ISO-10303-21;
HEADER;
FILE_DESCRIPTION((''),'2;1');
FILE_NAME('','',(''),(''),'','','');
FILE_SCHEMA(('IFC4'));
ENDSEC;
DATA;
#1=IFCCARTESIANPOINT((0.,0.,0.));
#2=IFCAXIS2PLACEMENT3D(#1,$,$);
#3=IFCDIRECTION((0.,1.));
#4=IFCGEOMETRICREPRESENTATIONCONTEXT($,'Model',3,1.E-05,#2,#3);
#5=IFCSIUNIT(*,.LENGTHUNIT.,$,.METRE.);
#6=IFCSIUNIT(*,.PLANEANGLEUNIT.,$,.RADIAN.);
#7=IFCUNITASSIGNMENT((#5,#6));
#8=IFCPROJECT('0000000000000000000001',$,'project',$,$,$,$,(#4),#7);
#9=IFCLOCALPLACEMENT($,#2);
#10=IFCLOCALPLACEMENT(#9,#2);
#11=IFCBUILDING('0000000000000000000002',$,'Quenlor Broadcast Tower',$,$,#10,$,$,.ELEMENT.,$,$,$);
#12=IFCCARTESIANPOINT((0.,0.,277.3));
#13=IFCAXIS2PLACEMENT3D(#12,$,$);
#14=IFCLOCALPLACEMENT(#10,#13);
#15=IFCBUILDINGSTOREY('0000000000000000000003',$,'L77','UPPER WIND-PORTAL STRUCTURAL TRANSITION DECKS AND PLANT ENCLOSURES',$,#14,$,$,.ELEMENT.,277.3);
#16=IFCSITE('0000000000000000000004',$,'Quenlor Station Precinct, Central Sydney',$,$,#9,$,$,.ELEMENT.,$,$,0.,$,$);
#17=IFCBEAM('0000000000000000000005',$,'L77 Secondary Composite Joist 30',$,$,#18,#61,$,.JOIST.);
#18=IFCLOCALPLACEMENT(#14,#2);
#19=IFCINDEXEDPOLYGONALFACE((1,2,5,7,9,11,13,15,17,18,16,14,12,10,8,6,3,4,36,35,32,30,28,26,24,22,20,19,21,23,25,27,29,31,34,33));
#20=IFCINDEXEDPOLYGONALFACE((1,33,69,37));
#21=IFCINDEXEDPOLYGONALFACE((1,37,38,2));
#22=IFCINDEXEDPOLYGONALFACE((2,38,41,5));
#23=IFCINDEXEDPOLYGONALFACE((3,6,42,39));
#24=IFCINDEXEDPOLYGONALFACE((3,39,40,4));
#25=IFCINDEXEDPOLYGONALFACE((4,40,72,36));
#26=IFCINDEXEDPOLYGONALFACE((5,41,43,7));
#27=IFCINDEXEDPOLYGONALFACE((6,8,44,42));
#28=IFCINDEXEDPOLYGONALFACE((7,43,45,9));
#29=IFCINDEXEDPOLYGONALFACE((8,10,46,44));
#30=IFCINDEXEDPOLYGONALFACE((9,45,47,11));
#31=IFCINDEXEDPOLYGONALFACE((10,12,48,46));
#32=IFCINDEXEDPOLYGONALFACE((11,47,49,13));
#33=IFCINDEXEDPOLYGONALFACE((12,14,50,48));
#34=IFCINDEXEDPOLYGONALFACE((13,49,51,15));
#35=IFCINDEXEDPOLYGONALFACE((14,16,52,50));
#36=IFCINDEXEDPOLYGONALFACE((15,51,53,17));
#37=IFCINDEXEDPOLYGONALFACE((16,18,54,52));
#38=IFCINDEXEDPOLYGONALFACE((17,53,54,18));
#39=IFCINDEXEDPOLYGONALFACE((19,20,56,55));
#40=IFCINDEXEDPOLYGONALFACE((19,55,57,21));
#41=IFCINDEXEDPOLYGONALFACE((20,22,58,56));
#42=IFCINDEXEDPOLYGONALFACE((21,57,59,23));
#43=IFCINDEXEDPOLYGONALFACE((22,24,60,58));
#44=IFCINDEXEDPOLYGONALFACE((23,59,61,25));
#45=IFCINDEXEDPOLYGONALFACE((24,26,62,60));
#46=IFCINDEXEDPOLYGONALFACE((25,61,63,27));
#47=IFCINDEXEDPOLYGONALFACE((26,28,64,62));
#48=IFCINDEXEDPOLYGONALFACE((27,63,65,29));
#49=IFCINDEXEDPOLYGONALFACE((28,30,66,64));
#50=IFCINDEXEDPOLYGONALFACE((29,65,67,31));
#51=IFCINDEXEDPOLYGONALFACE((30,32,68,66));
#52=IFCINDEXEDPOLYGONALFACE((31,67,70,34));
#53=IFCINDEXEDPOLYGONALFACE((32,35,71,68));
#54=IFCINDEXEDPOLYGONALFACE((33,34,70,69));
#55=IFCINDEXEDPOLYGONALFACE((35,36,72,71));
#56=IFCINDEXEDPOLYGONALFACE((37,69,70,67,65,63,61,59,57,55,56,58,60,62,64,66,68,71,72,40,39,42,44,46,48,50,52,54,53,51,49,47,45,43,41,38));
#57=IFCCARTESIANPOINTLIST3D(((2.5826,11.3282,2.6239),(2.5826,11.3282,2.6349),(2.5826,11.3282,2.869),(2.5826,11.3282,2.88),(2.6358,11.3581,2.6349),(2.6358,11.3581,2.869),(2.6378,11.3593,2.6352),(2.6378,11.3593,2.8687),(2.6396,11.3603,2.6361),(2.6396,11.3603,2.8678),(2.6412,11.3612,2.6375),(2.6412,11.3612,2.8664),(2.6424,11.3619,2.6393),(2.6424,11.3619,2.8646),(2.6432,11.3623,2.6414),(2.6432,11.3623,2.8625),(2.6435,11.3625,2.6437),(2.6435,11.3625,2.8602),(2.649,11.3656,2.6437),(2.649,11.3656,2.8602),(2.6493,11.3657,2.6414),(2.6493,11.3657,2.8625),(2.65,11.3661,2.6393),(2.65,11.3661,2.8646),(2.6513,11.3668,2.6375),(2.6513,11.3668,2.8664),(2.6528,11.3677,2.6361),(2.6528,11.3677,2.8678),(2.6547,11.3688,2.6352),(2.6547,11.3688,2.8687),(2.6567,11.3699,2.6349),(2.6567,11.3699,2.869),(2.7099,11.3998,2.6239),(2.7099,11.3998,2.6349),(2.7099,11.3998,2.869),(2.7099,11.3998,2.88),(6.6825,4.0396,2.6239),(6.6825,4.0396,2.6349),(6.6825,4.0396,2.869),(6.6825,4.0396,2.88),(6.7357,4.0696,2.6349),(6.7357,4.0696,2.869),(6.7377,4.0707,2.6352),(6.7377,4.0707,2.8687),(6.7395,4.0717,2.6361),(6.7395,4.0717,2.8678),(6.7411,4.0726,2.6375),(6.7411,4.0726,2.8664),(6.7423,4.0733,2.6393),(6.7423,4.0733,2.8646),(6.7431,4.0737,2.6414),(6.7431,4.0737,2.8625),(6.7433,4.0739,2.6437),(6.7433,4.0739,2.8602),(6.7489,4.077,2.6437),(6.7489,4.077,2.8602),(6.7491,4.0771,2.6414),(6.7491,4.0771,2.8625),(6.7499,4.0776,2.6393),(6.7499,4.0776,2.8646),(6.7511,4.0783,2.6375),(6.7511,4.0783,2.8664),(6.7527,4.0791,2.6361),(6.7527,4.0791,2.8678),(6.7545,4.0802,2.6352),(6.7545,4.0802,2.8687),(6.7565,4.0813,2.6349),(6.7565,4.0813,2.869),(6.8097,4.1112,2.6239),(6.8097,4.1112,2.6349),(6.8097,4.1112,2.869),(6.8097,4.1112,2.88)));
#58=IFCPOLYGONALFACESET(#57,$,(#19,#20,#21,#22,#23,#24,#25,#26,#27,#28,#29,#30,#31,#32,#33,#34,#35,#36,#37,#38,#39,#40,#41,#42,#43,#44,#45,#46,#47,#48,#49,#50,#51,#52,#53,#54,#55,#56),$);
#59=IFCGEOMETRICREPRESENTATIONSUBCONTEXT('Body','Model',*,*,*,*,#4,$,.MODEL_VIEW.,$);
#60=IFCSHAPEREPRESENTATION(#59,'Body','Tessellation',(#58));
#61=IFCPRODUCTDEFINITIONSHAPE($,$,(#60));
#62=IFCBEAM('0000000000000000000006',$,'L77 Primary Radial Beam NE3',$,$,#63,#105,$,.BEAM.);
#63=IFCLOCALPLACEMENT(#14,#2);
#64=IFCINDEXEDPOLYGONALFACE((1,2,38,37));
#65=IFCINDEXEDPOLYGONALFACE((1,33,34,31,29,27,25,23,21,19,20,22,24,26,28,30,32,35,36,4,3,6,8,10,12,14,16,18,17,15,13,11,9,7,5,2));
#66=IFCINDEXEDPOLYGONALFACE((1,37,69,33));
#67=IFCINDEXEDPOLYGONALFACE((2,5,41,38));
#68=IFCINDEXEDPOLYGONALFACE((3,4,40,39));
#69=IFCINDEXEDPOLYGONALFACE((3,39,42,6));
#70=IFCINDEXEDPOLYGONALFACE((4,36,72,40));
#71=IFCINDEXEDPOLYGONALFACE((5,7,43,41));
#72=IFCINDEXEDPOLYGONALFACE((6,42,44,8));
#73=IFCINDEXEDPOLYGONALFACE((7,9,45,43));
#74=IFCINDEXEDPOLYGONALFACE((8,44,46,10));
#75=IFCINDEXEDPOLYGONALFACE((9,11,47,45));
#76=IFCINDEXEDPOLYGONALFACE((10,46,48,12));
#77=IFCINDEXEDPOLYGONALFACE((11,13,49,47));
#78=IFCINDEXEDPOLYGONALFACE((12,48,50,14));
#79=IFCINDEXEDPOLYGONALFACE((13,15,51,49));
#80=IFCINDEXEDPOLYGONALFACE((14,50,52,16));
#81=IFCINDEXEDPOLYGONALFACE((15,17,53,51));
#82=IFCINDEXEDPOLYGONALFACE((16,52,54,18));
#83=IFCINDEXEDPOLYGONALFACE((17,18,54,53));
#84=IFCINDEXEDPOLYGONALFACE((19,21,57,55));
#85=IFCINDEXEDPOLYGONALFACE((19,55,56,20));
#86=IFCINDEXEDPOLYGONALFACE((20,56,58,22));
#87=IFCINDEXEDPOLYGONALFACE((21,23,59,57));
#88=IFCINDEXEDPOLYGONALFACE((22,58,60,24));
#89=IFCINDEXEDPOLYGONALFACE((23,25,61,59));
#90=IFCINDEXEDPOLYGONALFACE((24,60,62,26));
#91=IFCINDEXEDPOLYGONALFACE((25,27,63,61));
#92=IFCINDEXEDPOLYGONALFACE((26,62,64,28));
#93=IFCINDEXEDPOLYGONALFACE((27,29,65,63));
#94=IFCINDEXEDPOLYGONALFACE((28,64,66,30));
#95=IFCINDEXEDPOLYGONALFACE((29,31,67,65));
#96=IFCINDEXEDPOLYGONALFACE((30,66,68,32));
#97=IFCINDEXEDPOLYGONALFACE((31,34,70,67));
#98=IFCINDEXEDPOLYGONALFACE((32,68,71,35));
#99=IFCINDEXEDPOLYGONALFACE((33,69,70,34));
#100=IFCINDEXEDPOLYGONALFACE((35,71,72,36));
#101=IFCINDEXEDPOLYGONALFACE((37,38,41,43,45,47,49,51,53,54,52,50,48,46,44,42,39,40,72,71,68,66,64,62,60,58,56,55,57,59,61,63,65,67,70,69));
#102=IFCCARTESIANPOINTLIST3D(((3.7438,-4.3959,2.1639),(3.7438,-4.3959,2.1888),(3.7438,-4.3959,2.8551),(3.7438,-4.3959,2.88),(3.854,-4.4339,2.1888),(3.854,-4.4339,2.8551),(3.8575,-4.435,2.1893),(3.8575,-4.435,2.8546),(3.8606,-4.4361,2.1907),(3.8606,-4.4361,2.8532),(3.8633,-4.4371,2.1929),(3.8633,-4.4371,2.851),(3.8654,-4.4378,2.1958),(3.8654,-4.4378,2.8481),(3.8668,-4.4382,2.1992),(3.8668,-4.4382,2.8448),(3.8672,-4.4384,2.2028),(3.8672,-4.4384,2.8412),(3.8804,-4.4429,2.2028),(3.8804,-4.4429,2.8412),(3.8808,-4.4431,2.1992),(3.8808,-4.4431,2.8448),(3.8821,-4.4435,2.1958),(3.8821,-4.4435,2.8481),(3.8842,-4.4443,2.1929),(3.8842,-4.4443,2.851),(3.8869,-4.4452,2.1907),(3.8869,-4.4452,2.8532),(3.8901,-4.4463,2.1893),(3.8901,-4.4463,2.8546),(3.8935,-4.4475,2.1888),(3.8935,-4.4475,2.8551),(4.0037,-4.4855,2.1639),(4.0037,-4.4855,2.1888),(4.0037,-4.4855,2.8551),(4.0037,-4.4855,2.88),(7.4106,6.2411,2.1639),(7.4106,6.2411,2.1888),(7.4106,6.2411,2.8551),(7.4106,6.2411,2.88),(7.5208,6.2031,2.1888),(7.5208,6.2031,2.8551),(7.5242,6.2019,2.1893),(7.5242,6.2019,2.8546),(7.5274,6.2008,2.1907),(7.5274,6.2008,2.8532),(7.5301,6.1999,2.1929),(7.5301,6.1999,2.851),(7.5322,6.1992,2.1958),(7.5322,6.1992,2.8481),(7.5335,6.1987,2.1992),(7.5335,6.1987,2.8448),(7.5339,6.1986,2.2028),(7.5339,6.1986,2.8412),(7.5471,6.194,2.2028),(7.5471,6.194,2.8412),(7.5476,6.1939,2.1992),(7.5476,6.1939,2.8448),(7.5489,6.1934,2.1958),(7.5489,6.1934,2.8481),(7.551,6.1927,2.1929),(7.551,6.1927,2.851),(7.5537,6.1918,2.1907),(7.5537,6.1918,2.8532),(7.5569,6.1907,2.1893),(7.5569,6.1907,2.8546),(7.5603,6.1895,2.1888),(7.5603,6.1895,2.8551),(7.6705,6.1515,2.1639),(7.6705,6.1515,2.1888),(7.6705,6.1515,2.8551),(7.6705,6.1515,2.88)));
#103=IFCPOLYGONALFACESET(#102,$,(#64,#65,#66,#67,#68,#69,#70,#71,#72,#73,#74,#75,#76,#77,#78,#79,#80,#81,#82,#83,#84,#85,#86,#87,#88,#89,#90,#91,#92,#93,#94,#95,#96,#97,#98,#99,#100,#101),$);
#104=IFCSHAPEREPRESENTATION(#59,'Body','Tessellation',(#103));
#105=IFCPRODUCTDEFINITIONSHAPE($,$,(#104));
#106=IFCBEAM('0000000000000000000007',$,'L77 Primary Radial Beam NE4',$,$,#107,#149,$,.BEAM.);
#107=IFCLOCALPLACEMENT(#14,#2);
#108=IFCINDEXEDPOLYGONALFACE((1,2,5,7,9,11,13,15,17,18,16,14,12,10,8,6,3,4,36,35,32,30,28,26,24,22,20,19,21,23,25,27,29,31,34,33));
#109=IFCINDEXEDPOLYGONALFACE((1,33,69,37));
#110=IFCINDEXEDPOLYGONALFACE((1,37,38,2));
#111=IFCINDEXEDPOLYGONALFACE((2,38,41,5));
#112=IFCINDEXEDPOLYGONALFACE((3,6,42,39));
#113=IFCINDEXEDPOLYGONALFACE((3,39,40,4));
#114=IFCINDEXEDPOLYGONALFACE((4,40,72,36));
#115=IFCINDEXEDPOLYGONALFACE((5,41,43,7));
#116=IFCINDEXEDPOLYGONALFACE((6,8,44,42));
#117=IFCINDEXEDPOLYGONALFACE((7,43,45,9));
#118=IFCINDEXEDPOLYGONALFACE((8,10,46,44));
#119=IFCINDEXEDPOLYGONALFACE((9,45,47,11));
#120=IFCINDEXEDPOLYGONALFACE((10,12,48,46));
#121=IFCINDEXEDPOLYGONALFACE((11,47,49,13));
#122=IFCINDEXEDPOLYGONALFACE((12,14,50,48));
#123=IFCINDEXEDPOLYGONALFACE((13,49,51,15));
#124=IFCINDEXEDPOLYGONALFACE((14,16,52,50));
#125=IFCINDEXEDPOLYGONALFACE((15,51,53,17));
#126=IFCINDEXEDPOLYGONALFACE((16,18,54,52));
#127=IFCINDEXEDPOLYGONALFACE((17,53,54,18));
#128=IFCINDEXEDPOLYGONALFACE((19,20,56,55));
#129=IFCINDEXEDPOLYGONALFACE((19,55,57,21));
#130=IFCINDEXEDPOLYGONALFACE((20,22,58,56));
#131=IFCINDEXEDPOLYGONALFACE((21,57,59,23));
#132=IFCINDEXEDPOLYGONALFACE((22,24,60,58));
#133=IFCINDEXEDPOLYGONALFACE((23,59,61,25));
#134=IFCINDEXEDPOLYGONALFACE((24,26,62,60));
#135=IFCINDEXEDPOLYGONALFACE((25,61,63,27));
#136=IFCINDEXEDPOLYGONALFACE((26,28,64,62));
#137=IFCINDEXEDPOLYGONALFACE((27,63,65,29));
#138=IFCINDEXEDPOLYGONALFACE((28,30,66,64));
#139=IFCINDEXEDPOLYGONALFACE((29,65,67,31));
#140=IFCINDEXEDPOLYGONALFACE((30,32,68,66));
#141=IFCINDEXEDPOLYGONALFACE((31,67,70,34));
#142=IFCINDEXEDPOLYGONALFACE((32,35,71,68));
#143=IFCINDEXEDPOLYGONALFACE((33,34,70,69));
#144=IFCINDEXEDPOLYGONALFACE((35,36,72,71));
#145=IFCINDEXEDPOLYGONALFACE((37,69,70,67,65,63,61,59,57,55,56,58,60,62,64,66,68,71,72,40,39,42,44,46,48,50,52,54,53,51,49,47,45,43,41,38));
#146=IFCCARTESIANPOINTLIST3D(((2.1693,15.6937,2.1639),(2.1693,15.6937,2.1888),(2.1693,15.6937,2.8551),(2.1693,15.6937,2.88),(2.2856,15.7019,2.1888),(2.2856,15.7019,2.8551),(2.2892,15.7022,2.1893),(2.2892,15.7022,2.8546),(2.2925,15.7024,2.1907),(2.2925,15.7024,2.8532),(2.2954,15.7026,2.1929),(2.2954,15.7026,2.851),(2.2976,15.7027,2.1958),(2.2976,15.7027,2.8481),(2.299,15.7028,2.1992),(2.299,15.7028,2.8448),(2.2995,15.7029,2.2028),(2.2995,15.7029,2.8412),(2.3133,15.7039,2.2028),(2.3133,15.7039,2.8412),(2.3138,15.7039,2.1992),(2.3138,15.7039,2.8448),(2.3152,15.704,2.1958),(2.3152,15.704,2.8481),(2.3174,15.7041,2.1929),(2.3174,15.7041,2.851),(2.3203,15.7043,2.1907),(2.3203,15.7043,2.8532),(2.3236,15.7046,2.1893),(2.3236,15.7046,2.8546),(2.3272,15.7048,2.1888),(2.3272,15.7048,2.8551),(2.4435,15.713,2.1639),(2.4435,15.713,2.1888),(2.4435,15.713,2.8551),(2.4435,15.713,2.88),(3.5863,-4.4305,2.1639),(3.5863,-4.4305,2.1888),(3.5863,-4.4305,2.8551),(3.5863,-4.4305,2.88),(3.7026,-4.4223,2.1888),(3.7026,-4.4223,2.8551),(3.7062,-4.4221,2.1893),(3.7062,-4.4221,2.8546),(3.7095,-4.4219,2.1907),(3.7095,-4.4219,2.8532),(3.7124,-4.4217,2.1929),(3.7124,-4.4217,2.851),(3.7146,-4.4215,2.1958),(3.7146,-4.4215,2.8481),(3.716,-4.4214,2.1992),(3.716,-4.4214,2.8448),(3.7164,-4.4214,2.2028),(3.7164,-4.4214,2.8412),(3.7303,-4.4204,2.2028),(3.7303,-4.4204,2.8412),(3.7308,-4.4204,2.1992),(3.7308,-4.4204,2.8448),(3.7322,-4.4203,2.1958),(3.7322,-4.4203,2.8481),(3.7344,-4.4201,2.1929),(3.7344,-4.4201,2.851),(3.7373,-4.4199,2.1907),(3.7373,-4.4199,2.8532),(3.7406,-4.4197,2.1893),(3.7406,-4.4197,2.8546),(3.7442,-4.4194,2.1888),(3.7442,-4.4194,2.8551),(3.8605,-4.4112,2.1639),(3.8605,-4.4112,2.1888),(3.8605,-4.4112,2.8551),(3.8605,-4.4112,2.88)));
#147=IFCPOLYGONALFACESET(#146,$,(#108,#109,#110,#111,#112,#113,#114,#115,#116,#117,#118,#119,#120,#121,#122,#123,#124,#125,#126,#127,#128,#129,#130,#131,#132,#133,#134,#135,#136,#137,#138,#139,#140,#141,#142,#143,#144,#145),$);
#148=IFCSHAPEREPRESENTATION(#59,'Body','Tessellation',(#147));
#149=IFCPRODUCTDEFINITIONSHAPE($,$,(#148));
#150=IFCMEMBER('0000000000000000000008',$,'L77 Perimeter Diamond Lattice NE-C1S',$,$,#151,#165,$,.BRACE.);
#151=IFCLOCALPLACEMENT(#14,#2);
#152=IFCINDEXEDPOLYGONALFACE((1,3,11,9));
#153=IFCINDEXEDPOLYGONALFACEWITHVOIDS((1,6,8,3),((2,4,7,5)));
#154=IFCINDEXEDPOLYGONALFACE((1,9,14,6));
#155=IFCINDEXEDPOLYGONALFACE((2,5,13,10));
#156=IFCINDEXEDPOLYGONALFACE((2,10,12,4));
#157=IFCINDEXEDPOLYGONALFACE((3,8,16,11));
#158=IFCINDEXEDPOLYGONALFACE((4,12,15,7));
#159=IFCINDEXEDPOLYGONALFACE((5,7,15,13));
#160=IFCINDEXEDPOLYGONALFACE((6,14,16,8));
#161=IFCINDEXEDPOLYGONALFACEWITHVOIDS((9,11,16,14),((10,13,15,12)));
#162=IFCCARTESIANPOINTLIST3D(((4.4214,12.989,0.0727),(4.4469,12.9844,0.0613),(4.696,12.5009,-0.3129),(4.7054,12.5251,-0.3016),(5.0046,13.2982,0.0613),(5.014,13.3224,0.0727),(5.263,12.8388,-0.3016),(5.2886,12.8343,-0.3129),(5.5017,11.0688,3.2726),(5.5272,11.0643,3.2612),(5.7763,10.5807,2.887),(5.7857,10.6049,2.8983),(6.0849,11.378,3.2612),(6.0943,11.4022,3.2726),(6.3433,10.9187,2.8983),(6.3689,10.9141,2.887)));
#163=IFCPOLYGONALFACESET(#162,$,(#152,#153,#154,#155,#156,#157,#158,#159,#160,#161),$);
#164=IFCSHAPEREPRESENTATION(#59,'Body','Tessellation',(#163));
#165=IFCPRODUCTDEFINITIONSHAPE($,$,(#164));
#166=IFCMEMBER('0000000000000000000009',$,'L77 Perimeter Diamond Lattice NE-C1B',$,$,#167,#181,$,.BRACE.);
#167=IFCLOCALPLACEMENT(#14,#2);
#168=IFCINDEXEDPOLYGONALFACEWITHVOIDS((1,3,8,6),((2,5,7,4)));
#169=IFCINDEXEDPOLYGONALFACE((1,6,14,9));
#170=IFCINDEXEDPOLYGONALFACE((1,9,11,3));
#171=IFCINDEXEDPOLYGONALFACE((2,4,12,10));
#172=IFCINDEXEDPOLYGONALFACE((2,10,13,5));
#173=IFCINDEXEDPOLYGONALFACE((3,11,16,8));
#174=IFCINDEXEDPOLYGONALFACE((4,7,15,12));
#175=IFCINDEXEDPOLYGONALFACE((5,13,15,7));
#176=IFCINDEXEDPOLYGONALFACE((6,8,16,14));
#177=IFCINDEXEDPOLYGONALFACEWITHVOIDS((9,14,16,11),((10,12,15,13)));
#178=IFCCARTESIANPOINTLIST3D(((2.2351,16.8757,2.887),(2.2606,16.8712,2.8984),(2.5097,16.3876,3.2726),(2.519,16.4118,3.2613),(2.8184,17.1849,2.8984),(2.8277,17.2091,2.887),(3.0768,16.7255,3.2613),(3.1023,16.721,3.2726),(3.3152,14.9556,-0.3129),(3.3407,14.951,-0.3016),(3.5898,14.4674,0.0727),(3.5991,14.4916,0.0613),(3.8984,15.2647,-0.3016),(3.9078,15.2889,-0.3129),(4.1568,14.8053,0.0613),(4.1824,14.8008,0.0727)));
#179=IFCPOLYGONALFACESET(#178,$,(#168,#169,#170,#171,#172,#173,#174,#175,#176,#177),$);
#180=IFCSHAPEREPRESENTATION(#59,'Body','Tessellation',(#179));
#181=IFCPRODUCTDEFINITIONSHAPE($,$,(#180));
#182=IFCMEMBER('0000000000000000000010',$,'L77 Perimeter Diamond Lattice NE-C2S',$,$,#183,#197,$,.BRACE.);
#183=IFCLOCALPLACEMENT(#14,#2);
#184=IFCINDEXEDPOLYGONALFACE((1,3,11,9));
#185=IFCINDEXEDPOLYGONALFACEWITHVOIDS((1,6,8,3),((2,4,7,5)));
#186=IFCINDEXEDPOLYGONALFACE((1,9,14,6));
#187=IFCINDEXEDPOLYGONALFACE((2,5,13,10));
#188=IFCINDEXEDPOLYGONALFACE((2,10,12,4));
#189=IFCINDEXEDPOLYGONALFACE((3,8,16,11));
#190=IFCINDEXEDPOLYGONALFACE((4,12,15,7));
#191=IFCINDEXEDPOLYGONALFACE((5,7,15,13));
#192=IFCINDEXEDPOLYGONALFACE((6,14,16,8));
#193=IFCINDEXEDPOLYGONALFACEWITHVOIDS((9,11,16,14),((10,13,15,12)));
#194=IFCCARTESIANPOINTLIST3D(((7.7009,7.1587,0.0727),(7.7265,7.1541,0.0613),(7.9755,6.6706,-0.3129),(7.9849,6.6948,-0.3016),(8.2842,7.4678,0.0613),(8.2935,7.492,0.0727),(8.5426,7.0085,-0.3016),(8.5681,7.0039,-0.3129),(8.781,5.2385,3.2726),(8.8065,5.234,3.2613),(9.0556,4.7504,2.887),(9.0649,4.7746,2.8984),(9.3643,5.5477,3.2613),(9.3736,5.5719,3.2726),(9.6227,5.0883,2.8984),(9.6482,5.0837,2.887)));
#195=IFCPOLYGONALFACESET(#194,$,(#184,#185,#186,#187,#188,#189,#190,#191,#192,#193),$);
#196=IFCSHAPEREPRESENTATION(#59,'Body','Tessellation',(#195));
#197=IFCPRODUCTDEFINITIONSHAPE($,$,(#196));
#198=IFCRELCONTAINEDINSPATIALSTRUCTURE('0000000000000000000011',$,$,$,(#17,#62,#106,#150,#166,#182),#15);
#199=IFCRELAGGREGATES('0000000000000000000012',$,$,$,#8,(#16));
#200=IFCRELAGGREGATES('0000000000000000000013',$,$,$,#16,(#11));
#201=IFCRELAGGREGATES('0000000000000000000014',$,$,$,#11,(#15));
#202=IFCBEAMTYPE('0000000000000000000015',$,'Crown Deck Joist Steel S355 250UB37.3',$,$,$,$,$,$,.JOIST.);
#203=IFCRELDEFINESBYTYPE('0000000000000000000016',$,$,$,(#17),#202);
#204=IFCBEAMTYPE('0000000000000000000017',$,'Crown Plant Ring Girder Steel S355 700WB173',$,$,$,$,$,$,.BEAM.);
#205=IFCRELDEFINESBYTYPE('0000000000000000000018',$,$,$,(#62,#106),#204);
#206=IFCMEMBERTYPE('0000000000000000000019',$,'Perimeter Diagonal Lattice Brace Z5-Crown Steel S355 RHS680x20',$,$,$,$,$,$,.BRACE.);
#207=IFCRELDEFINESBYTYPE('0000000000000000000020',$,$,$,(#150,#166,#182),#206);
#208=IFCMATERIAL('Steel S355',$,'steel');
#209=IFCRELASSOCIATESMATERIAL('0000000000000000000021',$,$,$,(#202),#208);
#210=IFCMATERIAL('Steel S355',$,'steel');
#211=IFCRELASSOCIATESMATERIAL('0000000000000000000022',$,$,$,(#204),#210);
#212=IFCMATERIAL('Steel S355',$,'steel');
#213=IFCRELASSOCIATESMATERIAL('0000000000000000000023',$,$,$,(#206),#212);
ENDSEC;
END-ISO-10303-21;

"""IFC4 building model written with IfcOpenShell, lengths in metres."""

from ifc_helpers import new_model, si_unit, direction, frame, origin, origin_2d, place, context, subcontext, project, spatial, hollow_rectangle, i_section, extrude, material, material_profile, profile_set, type_object, element, save


model = new_model("IFC4")

# Units and contexts
model_context = context("Model", 3, precision=1e-05, world=origin(), true_north=direction((0.0, 1.0)))
body_context = subcontext(model_context, "Body", "Model", "MODEL_VIEW")
ifc_project = project(units=[si_unit("LENGTHUNIT", "METRE"), si_unit("PLANEANGLEUNIT", "RADIAN")], contexts=[model_context])

# Site, building, storey
site_placement = place(None, origin())
site = spatial("IfcSite", under=ifc_project, at=site_placement, Name="Quenlor Station Precinct, Central Sydney", CompositionType="ELEMENT", RefElevation=0.0)
building_placement = place(site_placement, origin())
building = spatial("IfcBuilding", under=site, at=building_placement, Name="Quenlor Broadcast Tower", CompositionType="ELEMENT")
storey_placement = place(building_placement, frame((0.0, 0.0, 277.3)))
storey = spatial("IfcBuildingStorey", under=building, at=storey_placement, Name="L77", Description="UPPER WIND-PORTAL STRUCTURAL TRANSITION DECKS AND PLANT ENCLOSURES", CompositionType="ELEMENT", Elevation=277.3)

# Beams
ifc_material_1 = material(Name="Steel S355", Category="steel")
ifc_material_profile_1 = material_profile(ifc_material_1, i_section(OverallWidth=0.146, OverallDepth=0.2561, WebThickness=0.0063, FlangeThickness=0.011, FilletRadius=0.0088, at=origin_2d()))
ifc_profile_set_1 = profile_set([ifc_material_profile_1], Name="Steel S355 250UB37.3")
beam_type_1 = type_object("IfcBeamType", Name="Crown Deck Joist Steel S355 250UB37.3", PredefinedType="JOIST", material=ifc_profile_set_1)
beam_1_placement = place(storey_placement, frame((2.6462, 11.364, 2.752), z_axis=(0.490264, -0.871574, 0.0), x_axis=(0.871574, 0.490264, 0.0)))
element("IfcBeam", 1, at=beam_1_placement, inside=storey, type_object=beam_type_1, Name="L77 Secondary Composite Joist 30", PredefinedType="JOIST", context=body_context, shape_type="SweptSolid", body=[
    extrude(i_section(OverallWidth=0.146, OverallDepth=0.2561, WebThickness=0.0063, FlangeThickness=0.011, FilletRadius=0.0088, at=origin_2d()), origin(), (0.0, 0.0, 1.0), 8.3625),
])
ifc_material_2 = material(Name="Steel S355", Category="steel")
ifc_material_profile_2 = material_profile(ifc_material_2, i_section(OverallWidth=0.2749, OverallDepth=0.7161, WebThickness=0.0139, FlangeThickness=0.0249, FilletRadius=0.0139, at=origin_2d()))
ifc_profile_set_2 = profile_set([ifc_material_profile_2], Name="Steel S355 700WB173")
beam_type_2 = type_object("IfcBeamType", Name="Crown Plant Ring Girder Steel S355 700WB173", PredefinedType="BEAM", material=ifc_profile_set_2)
beam_2_placement = place(storey_placement, frame((7.5405, 6.1963, 2.522), z_axis=(-0.325898, -0.945405, 0.0), x_axis=(0.945405, -0.325898, 0.0)))
element("IfcBeam", 2, at=beam_2_placement, inside=storey, type_object=beam_type_2, Name="L77 Primary Radial Beam NE3", PredefinedType="BEAM", context=body_context, shape_type="SweptSolid", body=[
    extrude(i_section(OverallWidth=0.2749, OverallDepth=0.7161, WebThickness=0.0139, FlangeThickness=0.0249, FilletRadius=0.0139, at=origin_2d()), origin(), (0.0, 0.0, 1.0), 11.2512),
])
beam_3_placement = place(storey_placement, frame((2.3064, 15.7034, 2.522), z_axis=(0.070238, -0.99753, 0.0), x_axis=(0.99753, 0.070238, 0.0)))
element("IfcBeam", 3, at=beam_3_placement, inside=storey, type_object=beam_type_2, Name="L77 Primary Radial Beam NE4", PredefinedType="BEAM", context=body_context, shape_type="SweptSolid", body=[
    extrude(i_section(OverallWidth=0.2749, OverallDepth=0.7161, WebThickness=0.0139, FlangeThickness=0.0249, FilletRadius=0.0139, at=origin_2d()), origin(), (0.0, 0.0, 1.0), 20.1741),
])

# Members
ifc_material_3 = material(Name="Steel S355", Category="steel")
ifc_material_profile_3 = material_profile(ifc_material_3, hollow_rectangle(XDim=0.6799, YDim=0.6799, WallThickness=0.02, at=origin_2d()))
ifc_profile_set_3 = profile_set([ifc_material_profile_3], Name="Steel S355 RHS680x680x20")
member_type_1 = type_object("IfcMemberType", Name="Perimeter Diagonal Lattice Brace Z5-Crown Steel S355 RHS680x20", PredefinedType="BRACE", material=ifc_profile_set_3)
for number, where, z_axis, x_axis, name in (
    (4, (4.855, 12.9116, -0.1201), (0.27807, -0.494241, 0.823652), (0.871531, 0.49034, 0.0), "L77 Perimeter Diamond Lattice NE-C1S"),
    (5, (3.7488, 14.8782, -0.1201), (-0.278012, 0.49425, 0.823666), (-0.871578, -0.490256, 0.0), "L77 Perimeter Diamond Lattice NE-C1B"),
    (6, (8.1345, 7.0813, -0.1201), (0.278012, -0.49425, 0.823666), (0.871578, 0.490256, 0.0), "L77 Perimeter Diamond Lattice NE-C2S"),
):
    element("IfcMember", number, at=place(storey_placement, frame(where, z_axis=z_axis, x_axis=x_axis)), inside=storey, type_object=member_type_1, Name=name, PredefinedType="BRACE", context=body_context, shape_type="SweptSolid", body=[
        extrude(hollow_rectangle(XDim=0.6799, YDim=0.6799, WallThickness=0.02, at=origin_2d()), origin(), (0.0, 0.0, 1.0), 3.885),
    ])

save(model, "model.ifc")
